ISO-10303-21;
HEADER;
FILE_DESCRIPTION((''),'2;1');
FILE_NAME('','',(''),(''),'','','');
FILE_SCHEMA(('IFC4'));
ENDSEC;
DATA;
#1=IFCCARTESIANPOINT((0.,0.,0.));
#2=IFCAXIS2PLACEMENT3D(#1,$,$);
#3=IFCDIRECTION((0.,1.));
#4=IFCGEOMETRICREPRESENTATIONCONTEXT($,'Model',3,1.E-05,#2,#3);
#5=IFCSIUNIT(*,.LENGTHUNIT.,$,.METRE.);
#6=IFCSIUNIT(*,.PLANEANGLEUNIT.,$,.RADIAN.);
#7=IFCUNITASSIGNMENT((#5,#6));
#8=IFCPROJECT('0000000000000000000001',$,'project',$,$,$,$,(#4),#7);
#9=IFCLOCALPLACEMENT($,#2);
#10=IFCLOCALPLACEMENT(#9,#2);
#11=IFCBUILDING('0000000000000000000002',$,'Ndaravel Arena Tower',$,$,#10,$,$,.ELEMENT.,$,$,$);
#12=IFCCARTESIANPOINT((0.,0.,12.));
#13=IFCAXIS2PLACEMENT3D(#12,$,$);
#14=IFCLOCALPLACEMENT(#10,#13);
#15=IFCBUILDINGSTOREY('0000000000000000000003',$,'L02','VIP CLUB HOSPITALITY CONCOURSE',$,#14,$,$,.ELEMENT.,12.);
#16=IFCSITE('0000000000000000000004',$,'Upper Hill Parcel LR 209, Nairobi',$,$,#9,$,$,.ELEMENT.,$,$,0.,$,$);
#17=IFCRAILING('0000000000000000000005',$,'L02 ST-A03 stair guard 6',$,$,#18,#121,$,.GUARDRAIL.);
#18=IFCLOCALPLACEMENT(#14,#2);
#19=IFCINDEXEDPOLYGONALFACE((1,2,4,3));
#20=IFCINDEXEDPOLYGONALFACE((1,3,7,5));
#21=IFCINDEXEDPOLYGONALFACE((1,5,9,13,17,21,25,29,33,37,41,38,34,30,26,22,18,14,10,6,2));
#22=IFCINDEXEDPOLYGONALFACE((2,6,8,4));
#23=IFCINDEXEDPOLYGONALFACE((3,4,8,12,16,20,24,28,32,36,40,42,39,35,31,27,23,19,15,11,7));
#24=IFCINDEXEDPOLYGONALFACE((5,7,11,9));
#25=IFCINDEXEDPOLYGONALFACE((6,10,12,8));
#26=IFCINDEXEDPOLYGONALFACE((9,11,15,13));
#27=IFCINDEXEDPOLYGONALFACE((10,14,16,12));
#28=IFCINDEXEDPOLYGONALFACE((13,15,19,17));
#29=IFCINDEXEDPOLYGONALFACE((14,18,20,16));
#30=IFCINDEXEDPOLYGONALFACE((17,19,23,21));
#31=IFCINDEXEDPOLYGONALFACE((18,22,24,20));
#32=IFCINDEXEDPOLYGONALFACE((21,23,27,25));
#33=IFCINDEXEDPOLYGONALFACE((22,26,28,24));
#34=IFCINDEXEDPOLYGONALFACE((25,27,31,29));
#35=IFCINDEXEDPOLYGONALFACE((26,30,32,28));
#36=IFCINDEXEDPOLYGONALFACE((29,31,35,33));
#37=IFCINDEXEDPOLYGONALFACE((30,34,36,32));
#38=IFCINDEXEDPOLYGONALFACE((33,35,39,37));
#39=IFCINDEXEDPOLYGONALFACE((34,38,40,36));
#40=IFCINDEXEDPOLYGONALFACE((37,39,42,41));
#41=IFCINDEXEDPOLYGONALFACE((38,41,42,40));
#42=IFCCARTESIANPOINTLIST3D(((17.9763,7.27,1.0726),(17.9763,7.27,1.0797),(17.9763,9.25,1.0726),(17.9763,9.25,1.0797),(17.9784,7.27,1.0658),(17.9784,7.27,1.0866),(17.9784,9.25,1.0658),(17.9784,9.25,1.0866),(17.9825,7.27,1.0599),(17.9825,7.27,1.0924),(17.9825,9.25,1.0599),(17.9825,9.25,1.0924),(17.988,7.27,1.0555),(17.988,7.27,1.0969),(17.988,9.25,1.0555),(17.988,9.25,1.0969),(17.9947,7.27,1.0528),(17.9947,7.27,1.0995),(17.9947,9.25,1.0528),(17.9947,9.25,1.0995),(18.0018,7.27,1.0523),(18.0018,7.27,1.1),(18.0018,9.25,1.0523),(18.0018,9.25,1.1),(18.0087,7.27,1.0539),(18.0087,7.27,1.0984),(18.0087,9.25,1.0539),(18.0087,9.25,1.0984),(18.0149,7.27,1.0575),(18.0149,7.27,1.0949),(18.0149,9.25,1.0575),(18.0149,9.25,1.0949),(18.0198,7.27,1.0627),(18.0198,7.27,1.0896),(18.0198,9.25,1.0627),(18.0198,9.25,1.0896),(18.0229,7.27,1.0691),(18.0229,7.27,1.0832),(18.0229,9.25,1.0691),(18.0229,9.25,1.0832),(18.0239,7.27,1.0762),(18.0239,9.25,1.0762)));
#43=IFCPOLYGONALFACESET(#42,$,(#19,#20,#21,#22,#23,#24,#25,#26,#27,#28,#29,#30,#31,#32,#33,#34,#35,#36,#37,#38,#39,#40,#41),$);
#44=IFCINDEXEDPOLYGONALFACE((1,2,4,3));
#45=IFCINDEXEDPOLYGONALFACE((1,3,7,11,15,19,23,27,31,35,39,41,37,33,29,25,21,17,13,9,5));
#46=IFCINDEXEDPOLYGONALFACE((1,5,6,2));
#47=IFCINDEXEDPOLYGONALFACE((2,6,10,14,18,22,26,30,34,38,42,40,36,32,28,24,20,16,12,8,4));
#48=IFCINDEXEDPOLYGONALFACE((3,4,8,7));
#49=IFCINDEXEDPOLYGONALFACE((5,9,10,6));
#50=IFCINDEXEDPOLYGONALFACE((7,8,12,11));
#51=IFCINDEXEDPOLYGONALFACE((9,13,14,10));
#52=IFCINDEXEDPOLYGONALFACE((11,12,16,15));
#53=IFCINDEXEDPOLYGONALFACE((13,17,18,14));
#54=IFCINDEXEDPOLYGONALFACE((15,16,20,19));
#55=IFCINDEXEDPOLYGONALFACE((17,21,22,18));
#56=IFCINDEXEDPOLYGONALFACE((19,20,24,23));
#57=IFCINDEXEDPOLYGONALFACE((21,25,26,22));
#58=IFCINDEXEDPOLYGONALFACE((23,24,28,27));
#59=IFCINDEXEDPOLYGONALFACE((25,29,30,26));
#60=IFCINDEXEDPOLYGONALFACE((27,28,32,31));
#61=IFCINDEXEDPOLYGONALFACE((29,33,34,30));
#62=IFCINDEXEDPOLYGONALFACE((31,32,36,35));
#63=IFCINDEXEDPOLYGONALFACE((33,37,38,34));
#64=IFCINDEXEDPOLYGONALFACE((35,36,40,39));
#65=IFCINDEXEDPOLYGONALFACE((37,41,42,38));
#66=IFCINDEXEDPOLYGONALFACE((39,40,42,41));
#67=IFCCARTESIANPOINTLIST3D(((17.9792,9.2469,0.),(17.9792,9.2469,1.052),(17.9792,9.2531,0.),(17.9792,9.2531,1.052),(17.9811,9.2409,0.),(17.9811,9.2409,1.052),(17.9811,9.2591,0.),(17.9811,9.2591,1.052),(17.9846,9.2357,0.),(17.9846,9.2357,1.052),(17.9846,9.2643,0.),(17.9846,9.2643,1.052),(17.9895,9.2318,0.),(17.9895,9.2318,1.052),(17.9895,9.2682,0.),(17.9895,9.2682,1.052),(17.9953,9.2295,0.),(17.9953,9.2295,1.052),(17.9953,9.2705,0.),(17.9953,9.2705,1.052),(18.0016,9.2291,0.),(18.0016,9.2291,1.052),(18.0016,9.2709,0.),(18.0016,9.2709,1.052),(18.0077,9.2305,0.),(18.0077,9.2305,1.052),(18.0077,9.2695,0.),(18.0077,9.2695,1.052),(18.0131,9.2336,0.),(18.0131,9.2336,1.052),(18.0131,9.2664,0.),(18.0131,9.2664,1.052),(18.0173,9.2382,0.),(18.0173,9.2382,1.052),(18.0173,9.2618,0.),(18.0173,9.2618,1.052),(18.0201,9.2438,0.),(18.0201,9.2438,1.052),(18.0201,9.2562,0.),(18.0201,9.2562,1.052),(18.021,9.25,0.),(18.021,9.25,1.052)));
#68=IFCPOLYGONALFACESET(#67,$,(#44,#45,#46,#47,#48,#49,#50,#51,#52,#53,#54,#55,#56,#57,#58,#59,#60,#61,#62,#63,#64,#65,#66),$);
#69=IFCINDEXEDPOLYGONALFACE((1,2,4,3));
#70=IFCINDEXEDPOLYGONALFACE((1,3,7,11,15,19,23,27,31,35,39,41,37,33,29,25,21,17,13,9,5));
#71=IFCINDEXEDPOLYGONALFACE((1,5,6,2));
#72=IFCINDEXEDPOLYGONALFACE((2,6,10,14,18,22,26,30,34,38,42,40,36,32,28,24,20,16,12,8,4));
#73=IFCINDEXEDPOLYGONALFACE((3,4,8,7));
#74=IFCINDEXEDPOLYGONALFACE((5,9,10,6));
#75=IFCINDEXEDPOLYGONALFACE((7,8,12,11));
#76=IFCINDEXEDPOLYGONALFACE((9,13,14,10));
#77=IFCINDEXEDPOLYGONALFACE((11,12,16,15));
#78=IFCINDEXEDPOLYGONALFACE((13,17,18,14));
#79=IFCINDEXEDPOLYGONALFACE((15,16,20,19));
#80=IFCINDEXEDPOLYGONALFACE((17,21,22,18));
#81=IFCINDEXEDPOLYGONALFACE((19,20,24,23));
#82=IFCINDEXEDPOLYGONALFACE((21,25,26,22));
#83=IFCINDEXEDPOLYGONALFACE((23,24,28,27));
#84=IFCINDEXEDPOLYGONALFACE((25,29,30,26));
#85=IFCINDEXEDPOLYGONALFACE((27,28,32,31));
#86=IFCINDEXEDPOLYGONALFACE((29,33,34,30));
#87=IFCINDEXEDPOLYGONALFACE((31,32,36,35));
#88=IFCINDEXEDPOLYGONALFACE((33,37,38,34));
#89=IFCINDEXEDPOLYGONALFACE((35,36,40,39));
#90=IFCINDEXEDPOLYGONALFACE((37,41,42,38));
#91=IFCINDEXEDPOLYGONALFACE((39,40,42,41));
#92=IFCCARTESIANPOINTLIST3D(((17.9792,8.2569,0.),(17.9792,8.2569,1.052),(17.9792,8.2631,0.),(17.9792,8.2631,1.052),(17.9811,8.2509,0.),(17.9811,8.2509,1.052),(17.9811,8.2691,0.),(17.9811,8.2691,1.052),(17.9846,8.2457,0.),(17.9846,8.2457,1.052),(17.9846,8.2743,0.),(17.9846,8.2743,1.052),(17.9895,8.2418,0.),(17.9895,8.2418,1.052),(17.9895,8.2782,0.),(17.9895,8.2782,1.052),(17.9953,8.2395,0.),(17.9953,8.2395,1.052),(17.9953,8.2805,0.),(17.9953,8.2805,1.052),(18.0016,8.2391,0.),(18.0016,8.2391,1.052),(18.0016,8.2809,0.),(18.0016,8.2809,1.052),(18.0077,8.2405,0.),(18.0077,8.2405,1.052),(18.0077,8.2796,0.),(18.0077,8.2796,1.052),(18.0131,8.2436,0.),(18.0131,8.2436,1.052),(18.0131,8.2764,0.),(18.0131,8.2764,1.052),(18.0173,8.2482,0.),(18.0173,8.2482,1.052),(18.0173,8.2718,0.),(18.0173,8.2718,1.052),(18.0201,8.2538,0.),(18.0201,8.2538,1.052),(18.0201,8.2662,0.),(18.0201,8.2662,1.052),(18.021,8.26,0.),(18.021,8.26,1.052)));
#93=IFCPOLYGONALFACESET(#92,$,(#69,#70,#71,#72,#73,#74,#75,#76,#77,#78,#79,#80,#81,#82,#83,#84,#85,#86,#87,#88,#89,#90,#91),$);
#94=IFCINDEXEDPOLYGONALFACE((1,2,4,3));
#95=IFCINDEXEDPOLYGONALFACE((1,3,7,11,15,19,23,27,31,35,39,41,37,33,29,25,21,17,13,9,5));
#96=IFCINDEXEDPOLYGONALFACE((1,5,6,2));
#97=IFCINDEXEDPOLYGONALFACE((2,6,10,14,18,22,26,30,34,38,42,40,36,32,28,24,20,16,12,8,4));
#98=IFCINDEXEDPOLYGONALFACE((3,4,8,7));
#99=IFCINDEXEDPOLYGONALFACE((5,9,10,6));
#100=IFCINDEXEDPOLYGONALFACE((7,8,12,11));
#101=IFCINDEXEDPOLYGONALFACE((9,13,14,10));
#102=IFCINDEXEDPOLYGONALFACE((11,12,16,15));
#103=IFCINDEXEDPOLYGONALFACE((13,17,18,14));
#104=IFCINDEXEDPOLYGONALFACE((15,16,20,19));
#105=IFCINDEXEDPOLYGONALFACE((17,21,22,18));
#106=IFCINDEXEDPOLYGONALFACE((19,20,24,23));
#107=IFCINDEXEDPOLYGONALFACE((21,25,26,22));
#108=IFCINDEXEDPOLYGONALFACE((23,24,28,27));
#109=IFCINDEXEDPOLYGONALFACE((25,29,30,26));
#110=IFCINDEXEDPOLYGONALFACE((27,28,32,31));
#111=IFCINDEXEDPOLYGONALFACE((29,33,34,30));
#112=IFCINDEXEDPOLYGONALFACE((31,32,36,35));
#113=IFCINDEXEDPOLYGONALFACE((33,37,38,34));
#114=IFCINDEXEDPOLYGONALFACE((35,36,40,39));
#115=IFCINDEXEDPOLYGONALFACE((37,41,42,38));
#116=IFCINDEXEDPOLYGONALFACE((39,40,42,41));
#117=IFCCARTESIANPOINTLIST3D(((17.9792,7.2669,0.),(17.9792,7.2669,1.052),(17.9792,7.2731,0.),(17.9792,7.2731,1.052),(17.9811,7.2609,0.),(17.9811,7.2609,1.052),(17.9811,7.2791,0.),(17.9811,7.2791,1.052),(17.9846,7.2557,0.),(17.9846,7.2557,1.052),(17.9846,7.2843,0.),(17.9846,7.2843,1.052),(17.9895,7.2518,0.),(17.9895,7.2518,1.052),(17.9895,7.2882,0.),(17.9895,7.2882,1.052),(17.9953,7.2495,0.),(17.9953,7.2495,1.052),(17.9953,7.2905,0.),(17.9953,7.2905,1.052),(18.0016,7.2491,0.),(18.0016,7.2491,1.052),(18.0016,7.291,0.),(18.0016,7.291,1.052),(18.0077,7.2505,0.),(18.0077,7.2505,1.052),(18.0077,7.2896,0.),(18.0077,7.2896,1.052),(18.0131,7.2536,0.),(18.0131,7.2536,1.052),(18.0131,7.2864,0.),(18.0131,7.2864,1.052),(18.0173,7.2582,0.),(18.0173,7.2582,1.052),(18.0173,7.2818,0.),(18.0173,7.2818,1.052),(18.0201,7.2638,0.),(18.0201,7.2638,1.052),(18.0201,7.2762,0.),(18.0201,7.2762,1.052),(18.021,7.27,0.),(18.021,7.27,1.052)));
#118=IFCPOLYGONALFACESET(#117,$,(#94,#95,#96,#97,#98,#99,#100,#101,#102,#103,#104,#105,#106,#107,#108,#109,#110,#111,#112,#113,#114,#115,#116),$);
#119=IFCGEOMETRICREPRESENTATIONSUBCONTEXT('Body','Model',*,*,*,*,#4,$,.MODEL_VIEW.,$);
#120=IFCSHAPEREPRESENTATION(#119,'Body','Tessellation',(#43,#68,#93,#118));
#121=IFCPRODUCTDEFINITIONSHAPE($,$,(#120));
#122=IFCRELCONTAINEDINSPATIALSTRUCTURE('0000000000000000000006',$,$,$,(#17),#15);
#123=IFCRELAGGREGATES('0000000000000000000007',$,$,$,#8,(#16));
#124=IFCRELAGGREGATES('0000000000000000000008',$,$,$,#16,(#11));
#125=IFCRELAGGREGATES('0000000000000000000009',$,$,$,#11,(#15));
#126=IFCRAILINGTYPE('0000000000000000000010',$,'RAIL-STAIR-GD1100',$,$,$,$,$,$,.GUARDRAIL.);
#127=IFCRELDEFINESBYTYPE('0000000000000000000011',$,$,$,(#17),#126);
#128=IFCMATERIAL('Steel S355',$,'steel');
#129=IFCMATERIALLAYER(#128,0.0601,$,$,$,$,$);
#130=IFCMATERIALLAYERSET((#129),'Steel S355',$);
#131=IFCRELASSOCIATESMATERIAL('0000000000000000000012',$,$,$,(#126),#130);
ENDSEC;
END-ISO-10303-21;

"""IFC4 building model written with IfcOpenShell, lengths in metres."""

from ifc_helpers import new_model, si_unit, direction, frame, origin, origin_2d, place, context, subcontext, project, spatial, circle, extrude, material, layer, layer_set, type_object, element, save


model = new_model("IFC4")

# Units and contexts
model_context = context("Model", 3, precision=1e-05, world=origin(), true_north=direction((0.0, 1.0)))
body_context = subcontext(model_context, "Body", "Model", "MODEL_VIEW")
ifc_project = project(units=[si_unit("LENGTHUNIT", "METRE"), si_unit("PLANEANGLEUNIT", "RADIAN")], contexts=[model_context])

# Site, building, storey
site_placement = place(None, origin())
site = spatial("IfcSite", under=ifc_project, at=site_placement, Name="Upper Hill Parcel LR 209, Nairobi", CompositionType="ELEMENT", RefElevation=0.0)
building_placement = place(site_placement, origin())
building = spatial("IfcBuilding", under=site, at=building_placement, Name="Ndaravel Arena Tower", CompositionType="ELEMENT")
storey_placement = place(building_placement, frame((0.0, 0.0, 12.0)))
storey = spatial("IfcBuildingStorey", under=building, at=storey_placement, Name="L02", Description="VIP CLUB HOSPITALITY CONCOURSE", CompositionType="ELEMENT", Elevation=12.0)

# Railing
ifc_material_1 = material(Name="Steel S355", Category="steel")
ifc_layer_1 = layer(ifc_material_1, 0.0601)
ifc_layer_set_1 = layer_set([ifc_layer_1], Name="Steel S355")
railing_type = type_object("IfcRailingType", Name="RAIL-STAIR-GD1100", PredefinedType="GUARDRAIL", material=ifc_layer_set_1)
railing_placement = place(storey_placement, frame((18.0, 9.25, 0.0)))
element("IfcRailing", 1, at=railing_placement, inside=storey, type_object=railing_type, Name="L02 ST-A03 stair guard 6", PredefinedType="GUARDRAIL", context=body_context, shape_type="SweptSolid", body=[
    extrude(circle(Radius=0.0239, at=origin_2d()), frame((0.0, 0.0, 1.0762), z_axis=(0.0, -1.0, 0.0), x_axis=(1.0, 0.0, 0.0)), (0.0, 0.0, 1.0), 1.98),
    extrude(circle(Radius=0.021, at=origin_2d()), origin(), (0.0, 0.0, 1.0), 1.052),
    extrude(circle(Radius=0.021, at=origin_2d()), frame((0.0, -0.99, 0.0)), (0.0, 0.0, 1.0), 1.052),
    extrude(circle(Radius=0.021, at=origin_2d()), frame((0.0, -1.98, 0.0)), (0.0, 0.0, 1.0), 1.052),
])

save(model, "model.ifc")
